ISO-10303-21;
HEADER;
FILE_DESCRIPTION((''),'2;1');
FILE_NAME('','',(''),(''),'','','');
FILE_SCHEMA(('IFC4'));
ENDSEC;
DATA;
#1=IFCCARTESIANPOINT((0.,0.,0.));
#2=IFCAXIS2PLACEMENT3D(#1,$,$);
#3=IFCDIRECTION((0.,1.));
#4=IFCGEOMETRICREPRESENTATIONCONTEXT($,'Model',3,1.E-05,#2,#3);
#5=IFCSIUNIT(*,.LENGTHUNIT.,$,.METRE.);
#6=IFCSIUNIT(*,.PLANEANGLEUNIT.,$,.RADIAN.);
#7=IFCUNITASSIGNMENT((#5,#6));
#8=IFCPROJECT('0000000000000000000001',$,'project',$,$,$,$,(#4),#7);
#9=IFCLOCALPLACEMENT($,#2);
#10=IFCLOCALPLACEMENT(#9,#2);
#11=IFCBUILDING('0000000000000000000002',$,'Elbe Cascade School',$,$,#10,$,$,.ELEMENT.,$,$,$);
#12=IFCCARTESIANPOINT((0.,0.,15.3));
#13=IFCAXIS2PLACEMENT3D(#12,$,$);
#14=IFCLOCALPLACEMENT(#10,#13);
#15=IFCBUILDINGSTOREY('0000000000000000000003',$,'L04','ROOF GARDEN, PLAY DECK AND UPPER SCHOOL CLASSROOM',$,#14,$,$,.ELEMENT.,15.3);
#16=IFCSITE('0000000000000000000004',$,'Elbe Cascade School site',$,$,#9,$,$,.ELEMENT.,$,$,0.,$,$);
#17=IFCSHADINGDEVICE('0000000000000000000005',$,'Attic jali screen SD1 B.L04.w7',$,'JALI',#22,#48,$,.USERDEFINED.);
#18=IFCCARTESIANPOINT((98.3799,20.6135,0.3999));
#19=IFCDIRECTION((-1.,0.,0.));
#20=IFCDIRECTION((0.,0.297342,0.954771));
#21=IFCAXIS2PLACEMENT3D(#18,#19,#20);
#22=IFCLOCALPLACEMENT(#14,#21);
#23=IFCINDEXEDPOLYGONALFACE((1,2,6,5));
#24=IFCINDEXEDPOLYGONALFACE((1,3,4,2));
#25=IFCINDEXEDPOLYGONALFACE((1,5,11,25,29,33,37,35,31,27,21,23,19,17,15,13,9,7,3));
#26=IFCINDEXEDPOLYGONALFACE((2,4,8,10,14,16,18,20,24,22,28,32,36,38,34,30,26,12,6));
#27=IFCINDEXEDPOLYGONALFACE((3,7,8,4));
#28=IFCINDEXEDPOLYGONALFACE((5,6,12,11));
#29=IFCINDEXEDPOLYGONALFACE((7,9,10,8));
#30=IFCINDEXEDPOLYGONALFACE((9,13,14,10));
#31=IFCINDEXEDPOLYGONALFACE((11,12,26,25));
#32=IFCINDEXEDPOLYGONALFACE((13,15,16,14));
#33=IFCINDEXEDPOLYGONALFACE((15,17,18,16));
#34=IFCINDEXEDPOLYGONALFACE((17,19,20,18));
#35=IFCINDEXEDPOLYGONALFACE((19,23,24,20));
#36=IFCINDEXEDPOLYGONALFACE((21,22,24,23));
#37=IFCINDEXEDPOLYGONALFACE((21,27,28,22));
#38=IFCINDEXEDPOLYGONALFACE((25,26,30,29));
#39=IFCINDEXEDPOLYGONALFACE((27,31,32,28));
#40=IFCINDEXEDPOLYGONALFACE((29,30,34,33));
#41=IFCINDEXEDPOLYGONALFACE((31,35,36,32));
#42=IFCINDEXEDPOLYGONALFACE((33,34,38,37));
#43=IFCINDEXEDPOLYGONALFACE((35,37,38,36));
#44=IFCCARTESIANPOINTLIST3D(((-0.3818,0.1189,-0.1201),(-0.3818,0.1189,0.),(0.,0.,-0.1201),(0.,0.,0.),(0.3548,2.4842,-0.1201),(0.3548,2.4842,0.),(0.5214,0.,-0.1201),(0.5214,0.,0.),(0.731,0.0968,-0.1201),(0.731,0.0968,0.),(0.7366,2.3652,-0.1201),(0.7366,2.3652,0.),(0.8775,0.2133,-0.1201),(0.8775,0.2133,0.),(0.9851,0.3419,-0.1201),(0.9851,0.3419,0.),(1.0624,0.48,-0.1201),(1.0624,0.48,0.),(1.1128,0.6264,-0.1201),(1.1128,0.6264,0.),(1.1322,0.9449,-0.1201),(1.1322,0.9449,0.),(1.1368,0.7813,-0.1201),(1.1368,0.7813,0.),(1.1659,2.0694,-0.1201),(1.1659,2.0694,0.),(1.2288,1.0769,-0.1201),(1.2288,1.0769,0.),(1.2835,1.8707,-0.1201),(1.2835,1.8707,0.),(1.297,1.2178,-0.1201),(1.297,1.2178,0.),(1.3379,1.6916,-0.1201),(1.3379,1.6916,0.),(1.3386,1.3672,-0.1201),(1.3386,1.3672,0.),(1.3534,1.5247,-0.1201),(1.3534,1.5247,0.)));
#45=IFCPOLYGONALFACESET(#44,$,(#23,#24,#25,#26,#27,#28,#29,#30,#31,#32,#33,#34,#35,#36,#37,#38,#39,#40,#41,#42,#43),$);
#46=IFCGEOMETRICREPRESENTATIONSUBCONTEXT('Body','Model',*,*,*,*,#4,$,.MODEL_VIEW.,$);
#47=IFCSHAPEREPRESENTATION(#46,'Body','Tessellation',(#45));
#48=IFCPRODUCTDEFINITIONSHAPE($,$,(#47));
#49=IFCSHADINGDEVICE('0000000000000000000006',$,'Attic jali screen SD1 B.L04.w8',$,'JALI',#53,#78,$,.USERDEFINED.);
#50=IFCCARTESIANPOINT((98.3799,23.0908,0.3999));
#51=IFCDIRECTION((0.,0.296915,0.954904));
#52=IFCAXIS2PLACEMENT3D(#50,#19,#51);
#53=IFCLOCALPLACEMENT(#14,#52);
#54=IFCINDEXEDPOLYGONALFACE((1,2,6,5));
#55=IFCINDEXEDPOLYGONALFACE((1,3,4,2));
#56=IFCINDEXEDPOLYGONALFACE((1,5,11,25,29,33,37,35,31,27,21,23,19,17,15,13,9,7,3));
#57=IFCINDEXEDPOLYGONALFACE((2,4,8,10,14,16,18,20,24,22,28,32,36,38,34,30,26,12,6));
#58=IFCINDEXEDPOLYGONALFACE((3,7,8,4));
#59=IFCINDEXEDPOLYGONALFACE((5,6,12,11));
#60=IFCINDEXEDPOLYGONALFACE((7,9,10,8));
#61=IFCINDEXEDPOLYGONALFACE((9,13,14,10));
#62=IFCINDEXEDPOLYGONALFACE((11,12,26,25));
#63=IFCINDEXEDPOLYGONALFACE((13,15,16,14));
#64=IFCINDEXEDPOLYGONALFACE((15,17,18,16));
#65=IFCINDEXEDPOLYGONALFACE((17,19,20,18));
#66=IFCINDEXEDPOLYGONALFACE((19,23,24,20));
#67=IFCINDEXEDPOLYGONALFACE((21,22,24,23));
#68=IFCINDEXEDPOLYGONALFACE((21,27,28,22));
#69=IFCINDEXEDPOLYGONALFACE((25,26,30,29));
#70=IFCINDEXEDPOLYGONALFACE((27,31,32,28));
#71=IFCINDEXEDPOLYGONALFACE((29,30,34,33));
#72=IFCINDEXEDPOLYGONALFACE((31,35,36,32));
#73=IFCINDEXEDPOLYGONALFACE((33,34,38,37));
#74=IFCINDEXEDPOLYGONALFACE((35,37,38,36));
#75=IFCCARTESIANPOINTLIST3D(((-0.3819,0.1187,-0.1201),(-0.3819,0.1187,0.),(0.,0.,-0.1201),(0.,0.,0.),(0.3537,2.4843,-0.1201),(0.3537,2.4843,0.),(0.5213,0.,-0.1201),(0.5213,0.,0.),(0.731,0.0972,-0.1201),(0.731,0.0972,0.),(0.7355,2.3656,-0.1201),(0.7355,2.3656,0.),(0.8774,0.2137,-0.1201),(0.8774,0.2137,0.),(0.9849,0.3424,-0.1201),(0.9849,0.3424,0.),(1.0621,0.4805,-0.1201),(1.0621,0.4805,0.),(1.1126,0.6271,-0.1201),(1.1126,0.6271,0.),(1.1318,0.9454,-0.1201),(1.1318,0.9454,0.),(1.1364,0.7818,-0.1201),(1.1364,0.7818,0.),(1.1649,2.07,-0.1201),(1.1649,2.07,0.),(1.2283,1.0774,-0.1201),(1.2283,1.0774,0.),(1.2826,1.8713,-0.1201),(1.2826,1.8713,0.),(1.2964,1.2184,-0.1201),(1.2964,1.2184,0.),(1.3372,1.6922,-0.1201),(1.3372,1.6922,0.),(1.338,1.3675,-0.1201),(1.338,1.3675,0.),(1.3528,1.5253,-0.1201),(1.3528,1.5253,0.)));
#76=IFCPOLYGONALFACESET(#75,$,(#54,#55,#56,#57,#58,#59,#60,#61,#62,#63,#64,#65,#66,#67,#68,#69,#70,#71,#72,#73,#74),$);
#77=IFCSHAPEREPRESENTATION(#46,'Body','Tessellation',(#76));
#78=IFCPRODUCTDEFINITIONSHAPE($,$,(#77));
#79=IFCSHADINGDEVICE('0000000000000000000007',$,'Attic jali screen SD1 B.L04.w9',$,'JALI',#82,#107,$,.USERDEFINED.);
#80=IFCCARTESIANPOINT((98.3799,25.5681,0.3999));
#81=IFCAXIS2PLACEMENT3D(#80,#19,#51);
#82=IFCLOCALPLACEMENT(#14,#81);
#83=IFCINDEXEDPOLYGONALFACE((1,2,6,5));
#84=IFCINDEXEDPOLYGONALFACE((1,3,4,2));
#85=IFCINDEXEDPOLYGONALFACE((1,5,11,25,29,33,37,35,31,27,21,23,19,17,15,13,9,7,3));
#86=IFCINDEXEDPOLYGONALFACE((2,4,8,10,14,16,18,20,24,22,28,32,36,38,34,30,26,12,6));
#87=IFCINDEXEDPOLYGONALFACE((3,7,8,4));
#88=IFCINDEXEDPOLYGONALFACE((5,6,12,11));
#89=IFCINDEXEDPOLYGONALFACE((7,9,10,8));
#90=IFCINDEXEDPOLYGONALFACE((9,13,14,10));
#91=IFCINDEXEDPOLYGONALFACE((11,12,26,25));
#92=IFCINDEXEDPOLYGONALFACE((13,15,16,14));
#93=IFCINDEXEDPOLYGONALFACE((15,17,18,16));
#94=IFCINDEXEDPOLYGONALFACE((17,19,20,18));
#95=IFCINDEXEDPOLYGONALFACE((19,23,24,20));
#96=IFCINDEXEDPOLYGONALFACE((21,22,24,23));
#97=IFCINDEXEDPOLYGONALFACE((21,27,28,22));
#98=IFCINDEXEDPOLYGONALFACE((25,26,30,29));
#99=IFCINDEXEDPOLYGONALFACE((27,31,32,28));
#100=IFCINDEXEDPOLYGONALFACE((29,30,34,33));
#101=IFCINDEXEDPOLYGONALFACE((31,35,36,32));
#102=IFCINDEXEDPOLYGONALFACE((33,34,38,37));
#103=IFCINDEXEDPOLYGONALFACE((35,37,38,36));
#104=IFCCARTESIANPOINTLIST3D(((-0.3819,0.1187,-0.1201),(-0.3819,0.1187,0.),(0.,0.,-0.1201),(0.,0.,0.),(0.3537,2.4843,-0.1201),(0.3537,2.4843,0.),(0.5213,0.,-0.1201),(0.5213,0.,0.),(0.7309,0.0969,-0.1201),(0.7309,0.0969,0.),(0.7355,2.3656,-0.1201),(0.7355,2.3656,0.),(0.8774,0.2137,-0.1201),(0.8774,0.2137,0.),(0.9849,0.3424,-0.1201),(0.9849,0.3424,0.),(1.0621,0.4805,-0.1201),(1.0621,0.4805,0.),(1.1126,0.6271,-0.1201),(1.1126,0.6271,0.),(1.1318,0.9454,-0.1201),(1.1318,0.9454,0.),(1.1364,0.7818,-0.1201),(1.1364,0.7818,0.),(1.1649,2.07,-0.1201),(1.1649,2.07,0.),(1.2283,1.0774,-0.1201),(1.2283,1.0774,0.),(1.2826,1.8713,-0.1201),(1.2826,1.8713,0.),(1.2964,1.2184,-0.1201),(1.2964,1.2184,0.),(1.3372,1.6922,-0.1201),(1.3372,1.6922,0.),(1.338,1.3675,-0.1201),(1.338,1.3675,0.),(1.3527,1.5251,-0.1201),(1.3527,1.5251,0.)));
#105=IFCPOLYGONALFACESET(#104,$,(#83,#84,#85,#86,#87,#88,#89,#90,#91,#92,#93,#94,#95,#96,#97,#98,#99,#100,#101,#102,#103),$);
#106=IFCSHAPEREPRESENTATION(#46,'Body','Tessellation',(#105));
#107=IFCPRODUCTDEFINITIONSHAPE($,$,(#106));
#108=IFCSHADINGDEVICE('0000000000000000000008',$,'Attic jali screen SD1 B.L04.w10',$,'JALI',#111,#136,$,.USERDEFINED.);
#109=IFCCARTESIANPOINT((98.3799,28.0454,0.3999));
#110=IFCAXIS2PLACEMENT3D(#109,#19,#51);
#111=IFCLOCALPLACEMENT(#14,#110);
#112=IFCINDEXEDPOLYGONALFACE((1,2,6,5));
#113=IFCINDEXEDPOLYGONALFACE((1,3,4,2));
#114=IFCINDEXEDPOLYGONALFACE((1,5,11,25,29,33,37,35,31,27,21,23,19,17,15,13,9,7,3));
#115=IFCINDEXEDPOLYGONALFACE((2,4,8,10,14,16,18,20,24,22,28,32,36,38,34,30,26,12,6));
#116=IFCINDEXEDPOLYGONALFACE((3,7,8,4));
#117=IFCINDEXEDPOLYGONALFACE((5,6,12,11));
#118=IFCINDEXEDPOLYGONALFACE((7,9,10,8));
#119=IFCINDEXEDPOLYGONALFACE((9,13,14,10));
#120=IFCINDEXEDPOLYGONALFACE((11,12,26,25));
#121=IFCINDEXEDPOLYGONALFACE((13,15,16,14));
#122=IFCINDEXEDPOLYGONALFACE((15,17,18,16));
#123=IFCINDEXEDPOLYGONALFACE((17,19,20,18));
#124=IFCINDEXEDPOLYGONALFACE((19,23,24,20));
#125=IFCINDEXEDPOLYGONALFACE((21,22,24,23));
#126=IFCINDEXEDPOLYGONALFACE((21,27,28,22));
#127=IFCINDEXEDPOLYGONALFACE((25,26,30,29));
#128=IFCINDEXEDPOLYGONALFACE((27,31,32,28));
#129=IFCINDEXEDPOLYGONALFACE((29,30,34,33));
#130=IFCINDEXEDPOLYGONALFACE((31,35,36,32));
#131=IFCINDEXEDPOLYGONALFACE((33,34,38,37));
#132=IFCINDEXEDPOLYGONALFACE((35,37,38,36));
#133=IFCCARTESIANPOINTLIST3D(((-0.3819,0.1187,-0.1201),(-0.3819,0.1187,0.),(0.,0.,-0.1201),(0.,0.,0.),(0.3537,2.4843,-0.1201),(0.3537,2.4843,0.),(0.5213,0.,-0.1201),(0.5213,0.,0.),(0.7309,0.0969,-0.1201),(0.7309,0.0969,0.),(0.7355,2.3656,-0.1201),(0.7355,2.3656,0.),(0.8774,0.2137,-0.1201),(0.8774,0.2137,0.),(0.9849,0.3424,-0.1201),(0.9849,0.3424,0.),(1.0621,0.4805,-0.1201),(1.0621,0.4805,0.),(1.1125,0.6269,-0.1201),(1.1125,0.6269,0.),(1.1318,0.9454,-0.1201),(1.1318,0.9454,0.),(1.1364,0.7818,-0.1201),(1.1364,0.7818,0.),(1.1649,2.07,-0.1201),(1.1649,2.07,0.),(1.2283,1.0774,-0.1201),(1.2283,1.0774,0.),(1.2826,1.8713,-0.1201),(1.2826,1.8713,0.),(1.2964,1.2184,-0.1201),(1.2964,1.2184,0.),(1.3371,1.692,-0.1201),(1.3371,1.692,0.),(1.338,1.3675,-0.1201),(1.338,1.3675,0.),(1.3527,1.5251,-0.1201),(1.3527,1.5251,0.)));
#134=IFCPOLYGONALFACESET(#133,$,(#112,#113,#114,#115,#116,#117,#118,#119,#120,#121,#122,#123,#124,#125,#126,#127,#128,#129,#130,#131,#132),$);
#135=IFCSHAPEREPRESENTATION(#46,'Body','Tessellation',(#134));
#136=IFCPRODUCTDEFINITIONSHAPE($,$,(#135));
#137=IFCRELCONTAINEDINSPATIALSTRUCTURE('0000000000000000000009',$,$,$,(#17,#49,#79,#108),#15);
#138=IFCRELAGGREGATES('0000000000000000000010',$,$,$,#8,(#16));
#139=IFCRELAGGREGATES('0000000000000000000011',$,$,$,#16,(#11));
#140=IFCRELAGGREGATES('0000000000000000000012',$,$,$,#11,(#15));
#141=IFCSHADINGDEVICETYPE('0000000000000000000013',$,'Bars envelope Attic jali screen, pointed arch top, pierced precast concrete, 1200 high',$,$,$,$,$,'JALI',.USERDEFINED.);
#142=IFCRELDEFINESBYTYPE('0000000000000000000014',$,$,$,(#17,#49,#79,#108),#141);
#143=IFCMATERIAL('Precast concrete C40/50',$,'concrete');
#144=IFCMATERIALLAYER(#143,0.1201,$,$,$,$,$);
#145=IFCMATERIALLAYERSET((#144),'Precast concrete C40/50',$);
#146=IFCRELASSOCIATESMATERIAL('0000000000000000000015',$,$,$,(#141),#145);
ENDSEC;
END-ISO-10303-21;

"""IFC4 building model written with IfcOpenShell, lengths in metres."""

from ifc_helpers import new_model, si_unit, direction, frame, origin, place, context, subcontext, project, spatial, polyline, outline, extrude, material, layer, layer_set, type_object, element, save


model = new_model("IFC4")

# Units and contexts
model_context = context("Model", 3, precision=1e-05, world=origin(), true_north=direction((0.0, 1.0)))
body_context = subcontext(model_context, "Body", "Model", "MODEL_VIEW")
ifc_project = project(units=[si_unit("LENGTHUNIT", "METRE"), si_unit("PLANEANGLEUNIT", "RADIAN")], contexts=[model_context])

# Site, building, storey
site_placement = place(None, origin())
site = spatial("IfcSite", under=ifc_project, at=site_placement, Name="Elbe Cascade School site", CompositionType="ELEMENT", RefElevation=0.0)
building_placement = place(site_placement, origin())
building = spatial("IfcBuilding", under=site, at=building_placement, Name="Elbe Cascade School", CompositionType="ELEMENT")
storey_placement = place(building_placement, frame((0.0, 0.0, 15.3)))
storey = spatial("IfcBuildingStorey", under=building, at=storey_placement, Name="L04", Description="ROOF GARDEN, PLAY DECK AND UPPER SCHOOL CLASSROOM", CompositionType="ELEMENT", Elevation=15.3)

# Shading devices
ifc_material_1 = material(Name="Precast concrete C40/50", Category="concrete")
ifc_layer_1 = layer(ifc_material_1, 0.1201)
ifc_layer_set_1 = layer_set([ifc_layer_1], Name="Precast concrete C40/50")
shading_device_type_1 = type_object("IfcShadingDeviceType", Name="Bars envelope Attic jali screen, pointed arch top, pierced precast concrete, 1200 high", ElementType="JALI", PredefinedType="USERDEFINED", material=ifc_layer_set_1)
shading_device_1_placement = place(storey_placement, frame((98.3799, 20.6135, 0.3999), z_axis=(-1.0, 0.0, 0.0), x_axis=(0.0, 0.297342, 0.954771)))
element("IfcShadingDevice", 1, at=shading_device_1_placement, inside=storey, type_object=shading_device_type_1, Name="Attic jali screen SD1 B.L04.w7", ObjectType="JALI", PredefinedType="USERDEFINED", context=body_context, shape_type="SweptSolid", body=[
    extrude(outline(polyline([(0.0, 0.0), (0.5214, 0.0), (0.731, 0.0968), (0.8775, 0.2133), (0.9851, 0.3419), (1.0624, 0.48), (1.1128, 0.6264), (1.1368, 0.7813), (1.1322, 0.9449), (1.2288, 1.0769), (1.297, 1.2178), (1.3386, 1.3672), (1.3534, 1.5247), (1.3379, 1.6916), (1.2835, 1.8707), (1.1659, 2.0694), (0.7366, 2.3652), (0.3548, 2.4842), (-0.3818, 0.1189), (0.0, 0.0)])), origin(), (0.0, 0.0, -1.0), 0.1201),
])
shading_device_2_placement = place(storey_placement, frame((98.3799, 23.0908, 0.3999), z_axis=(-1.0, 0.0, 0.0), x_axis=(0.0, 0.296915, 0.954904)))
element("IfcShadingDevice", 2, at=shading_device_2_placement, inside=storey, type_object=shading_device_type_1, Name="Attic jali screen SD1 B.L04.w8", ObjectType="JALI", PredefinedType="USERDEFINED", context=body_context, shape_type="SweptSolid", body=[
    extrude(outline(polyline([(0.0, 0.0), (0.5213, 0.0), (0.731, 0.0972), (0.8774, 0.2137), (0.9849, 0.3424), (1.0621, 0.4805), (1.1126, 0.6271), (1.1364, 0.7818), (1.1318, 0.9454), (1.2283, 1.0774), (1.2964, 1.2184), (1.338, 1.3675), (1.3528, 1.5253), (1.3372, 1.6922), (1.2826, 1.8713), (1.1649, 2.07), (0.7355, 2.3656), (0.3537, 2.4843), (-0.3819, 0.1187), (0.0, 0.0)])), origin(), (0.0, 0.0, -1.0), 0.1201),
])
shading_device_3_placement = place(storey_placement, frame((98.3799, 25.5681, 0.3999), z_axis=(-1.0, 0.0, 0.0), x_axis=(0.0, 0.296915, 0.954904)))
element("IfcShadingDevice", 3, at=shading_device_3_placement, inside=storey, type_object=shading_device_type_1, Name="Attic jali screen SD1 B.L04.w9", ObjectType="JALI", PredefinedType="USERDEFINED", context=body_context, shape_type="SweptSolid", body=[
    extrude(outline(polyline([(0.0, 0.0), (0.5213, 0.0), (0.7309, 0.0969), (0.8774, 0.2137), (0.9849, 0.3424), (1.0621, 0.4805), (1.1126, 0.6271), (1.1364, 0.7818), (1.1318, 0.9454), (1.2283, 1.0774), (1.2964, 1.2184), (1.338, 1.3675), (1.3527, 1.5251), (1.3372, 1.6922), (1.2826, 1.8713), (1.1649, 2.07), (0.7355, 2.3656), (0.3537, 2.4843), (-0.3819, 0.1187), (0.0, 0.0)])), origin(), (0.0, 0.0, -1.0), 0.1201),
])
shading_device_4_placement = place(storey_placement, frame((98.3799, 28.0454, 0.3999), z_axis=(-1.0, 0.0, 0.0), x_axis=(0.0, 0.296915, 0.954904)))
element("IfcShadingDevice", 4, at=shading_device_4_placement, inside=storey, type_object=shading_device_type_1, Name="Attic jali screen SD1 B.L04.w10", ObjectType="JALI", PredefinedType="USERDEFINED", context=body_context, shape_type="SweptSolid", body=[
    extrude(outline(polyline([(0.0, 0.0), (0.5213, 0.0), (0.7309, 0.0969), (0.8774, 0.2137), (0.9849, 0.3424), (1.0621, 0.4805), (1.1125, 0.6269), (1.1364, 0.7818), (1.1318, 0.9454), (1.2283, 1.0774), (1.2964, 1.2184), (1.338, 1.3675), (1.3527, 1.5251), (1.3371, 1.692), (1.2826, 1.8713), (1.1649, 2.07), (0.7355, 2.3656), (0.3537, 2.4843), (-0.3819, 0.1187), (0.0, 0.0)])), origin(), (0.0, 0.0, -1.0), 0.1201),
])

save(model, "model.ifc")
